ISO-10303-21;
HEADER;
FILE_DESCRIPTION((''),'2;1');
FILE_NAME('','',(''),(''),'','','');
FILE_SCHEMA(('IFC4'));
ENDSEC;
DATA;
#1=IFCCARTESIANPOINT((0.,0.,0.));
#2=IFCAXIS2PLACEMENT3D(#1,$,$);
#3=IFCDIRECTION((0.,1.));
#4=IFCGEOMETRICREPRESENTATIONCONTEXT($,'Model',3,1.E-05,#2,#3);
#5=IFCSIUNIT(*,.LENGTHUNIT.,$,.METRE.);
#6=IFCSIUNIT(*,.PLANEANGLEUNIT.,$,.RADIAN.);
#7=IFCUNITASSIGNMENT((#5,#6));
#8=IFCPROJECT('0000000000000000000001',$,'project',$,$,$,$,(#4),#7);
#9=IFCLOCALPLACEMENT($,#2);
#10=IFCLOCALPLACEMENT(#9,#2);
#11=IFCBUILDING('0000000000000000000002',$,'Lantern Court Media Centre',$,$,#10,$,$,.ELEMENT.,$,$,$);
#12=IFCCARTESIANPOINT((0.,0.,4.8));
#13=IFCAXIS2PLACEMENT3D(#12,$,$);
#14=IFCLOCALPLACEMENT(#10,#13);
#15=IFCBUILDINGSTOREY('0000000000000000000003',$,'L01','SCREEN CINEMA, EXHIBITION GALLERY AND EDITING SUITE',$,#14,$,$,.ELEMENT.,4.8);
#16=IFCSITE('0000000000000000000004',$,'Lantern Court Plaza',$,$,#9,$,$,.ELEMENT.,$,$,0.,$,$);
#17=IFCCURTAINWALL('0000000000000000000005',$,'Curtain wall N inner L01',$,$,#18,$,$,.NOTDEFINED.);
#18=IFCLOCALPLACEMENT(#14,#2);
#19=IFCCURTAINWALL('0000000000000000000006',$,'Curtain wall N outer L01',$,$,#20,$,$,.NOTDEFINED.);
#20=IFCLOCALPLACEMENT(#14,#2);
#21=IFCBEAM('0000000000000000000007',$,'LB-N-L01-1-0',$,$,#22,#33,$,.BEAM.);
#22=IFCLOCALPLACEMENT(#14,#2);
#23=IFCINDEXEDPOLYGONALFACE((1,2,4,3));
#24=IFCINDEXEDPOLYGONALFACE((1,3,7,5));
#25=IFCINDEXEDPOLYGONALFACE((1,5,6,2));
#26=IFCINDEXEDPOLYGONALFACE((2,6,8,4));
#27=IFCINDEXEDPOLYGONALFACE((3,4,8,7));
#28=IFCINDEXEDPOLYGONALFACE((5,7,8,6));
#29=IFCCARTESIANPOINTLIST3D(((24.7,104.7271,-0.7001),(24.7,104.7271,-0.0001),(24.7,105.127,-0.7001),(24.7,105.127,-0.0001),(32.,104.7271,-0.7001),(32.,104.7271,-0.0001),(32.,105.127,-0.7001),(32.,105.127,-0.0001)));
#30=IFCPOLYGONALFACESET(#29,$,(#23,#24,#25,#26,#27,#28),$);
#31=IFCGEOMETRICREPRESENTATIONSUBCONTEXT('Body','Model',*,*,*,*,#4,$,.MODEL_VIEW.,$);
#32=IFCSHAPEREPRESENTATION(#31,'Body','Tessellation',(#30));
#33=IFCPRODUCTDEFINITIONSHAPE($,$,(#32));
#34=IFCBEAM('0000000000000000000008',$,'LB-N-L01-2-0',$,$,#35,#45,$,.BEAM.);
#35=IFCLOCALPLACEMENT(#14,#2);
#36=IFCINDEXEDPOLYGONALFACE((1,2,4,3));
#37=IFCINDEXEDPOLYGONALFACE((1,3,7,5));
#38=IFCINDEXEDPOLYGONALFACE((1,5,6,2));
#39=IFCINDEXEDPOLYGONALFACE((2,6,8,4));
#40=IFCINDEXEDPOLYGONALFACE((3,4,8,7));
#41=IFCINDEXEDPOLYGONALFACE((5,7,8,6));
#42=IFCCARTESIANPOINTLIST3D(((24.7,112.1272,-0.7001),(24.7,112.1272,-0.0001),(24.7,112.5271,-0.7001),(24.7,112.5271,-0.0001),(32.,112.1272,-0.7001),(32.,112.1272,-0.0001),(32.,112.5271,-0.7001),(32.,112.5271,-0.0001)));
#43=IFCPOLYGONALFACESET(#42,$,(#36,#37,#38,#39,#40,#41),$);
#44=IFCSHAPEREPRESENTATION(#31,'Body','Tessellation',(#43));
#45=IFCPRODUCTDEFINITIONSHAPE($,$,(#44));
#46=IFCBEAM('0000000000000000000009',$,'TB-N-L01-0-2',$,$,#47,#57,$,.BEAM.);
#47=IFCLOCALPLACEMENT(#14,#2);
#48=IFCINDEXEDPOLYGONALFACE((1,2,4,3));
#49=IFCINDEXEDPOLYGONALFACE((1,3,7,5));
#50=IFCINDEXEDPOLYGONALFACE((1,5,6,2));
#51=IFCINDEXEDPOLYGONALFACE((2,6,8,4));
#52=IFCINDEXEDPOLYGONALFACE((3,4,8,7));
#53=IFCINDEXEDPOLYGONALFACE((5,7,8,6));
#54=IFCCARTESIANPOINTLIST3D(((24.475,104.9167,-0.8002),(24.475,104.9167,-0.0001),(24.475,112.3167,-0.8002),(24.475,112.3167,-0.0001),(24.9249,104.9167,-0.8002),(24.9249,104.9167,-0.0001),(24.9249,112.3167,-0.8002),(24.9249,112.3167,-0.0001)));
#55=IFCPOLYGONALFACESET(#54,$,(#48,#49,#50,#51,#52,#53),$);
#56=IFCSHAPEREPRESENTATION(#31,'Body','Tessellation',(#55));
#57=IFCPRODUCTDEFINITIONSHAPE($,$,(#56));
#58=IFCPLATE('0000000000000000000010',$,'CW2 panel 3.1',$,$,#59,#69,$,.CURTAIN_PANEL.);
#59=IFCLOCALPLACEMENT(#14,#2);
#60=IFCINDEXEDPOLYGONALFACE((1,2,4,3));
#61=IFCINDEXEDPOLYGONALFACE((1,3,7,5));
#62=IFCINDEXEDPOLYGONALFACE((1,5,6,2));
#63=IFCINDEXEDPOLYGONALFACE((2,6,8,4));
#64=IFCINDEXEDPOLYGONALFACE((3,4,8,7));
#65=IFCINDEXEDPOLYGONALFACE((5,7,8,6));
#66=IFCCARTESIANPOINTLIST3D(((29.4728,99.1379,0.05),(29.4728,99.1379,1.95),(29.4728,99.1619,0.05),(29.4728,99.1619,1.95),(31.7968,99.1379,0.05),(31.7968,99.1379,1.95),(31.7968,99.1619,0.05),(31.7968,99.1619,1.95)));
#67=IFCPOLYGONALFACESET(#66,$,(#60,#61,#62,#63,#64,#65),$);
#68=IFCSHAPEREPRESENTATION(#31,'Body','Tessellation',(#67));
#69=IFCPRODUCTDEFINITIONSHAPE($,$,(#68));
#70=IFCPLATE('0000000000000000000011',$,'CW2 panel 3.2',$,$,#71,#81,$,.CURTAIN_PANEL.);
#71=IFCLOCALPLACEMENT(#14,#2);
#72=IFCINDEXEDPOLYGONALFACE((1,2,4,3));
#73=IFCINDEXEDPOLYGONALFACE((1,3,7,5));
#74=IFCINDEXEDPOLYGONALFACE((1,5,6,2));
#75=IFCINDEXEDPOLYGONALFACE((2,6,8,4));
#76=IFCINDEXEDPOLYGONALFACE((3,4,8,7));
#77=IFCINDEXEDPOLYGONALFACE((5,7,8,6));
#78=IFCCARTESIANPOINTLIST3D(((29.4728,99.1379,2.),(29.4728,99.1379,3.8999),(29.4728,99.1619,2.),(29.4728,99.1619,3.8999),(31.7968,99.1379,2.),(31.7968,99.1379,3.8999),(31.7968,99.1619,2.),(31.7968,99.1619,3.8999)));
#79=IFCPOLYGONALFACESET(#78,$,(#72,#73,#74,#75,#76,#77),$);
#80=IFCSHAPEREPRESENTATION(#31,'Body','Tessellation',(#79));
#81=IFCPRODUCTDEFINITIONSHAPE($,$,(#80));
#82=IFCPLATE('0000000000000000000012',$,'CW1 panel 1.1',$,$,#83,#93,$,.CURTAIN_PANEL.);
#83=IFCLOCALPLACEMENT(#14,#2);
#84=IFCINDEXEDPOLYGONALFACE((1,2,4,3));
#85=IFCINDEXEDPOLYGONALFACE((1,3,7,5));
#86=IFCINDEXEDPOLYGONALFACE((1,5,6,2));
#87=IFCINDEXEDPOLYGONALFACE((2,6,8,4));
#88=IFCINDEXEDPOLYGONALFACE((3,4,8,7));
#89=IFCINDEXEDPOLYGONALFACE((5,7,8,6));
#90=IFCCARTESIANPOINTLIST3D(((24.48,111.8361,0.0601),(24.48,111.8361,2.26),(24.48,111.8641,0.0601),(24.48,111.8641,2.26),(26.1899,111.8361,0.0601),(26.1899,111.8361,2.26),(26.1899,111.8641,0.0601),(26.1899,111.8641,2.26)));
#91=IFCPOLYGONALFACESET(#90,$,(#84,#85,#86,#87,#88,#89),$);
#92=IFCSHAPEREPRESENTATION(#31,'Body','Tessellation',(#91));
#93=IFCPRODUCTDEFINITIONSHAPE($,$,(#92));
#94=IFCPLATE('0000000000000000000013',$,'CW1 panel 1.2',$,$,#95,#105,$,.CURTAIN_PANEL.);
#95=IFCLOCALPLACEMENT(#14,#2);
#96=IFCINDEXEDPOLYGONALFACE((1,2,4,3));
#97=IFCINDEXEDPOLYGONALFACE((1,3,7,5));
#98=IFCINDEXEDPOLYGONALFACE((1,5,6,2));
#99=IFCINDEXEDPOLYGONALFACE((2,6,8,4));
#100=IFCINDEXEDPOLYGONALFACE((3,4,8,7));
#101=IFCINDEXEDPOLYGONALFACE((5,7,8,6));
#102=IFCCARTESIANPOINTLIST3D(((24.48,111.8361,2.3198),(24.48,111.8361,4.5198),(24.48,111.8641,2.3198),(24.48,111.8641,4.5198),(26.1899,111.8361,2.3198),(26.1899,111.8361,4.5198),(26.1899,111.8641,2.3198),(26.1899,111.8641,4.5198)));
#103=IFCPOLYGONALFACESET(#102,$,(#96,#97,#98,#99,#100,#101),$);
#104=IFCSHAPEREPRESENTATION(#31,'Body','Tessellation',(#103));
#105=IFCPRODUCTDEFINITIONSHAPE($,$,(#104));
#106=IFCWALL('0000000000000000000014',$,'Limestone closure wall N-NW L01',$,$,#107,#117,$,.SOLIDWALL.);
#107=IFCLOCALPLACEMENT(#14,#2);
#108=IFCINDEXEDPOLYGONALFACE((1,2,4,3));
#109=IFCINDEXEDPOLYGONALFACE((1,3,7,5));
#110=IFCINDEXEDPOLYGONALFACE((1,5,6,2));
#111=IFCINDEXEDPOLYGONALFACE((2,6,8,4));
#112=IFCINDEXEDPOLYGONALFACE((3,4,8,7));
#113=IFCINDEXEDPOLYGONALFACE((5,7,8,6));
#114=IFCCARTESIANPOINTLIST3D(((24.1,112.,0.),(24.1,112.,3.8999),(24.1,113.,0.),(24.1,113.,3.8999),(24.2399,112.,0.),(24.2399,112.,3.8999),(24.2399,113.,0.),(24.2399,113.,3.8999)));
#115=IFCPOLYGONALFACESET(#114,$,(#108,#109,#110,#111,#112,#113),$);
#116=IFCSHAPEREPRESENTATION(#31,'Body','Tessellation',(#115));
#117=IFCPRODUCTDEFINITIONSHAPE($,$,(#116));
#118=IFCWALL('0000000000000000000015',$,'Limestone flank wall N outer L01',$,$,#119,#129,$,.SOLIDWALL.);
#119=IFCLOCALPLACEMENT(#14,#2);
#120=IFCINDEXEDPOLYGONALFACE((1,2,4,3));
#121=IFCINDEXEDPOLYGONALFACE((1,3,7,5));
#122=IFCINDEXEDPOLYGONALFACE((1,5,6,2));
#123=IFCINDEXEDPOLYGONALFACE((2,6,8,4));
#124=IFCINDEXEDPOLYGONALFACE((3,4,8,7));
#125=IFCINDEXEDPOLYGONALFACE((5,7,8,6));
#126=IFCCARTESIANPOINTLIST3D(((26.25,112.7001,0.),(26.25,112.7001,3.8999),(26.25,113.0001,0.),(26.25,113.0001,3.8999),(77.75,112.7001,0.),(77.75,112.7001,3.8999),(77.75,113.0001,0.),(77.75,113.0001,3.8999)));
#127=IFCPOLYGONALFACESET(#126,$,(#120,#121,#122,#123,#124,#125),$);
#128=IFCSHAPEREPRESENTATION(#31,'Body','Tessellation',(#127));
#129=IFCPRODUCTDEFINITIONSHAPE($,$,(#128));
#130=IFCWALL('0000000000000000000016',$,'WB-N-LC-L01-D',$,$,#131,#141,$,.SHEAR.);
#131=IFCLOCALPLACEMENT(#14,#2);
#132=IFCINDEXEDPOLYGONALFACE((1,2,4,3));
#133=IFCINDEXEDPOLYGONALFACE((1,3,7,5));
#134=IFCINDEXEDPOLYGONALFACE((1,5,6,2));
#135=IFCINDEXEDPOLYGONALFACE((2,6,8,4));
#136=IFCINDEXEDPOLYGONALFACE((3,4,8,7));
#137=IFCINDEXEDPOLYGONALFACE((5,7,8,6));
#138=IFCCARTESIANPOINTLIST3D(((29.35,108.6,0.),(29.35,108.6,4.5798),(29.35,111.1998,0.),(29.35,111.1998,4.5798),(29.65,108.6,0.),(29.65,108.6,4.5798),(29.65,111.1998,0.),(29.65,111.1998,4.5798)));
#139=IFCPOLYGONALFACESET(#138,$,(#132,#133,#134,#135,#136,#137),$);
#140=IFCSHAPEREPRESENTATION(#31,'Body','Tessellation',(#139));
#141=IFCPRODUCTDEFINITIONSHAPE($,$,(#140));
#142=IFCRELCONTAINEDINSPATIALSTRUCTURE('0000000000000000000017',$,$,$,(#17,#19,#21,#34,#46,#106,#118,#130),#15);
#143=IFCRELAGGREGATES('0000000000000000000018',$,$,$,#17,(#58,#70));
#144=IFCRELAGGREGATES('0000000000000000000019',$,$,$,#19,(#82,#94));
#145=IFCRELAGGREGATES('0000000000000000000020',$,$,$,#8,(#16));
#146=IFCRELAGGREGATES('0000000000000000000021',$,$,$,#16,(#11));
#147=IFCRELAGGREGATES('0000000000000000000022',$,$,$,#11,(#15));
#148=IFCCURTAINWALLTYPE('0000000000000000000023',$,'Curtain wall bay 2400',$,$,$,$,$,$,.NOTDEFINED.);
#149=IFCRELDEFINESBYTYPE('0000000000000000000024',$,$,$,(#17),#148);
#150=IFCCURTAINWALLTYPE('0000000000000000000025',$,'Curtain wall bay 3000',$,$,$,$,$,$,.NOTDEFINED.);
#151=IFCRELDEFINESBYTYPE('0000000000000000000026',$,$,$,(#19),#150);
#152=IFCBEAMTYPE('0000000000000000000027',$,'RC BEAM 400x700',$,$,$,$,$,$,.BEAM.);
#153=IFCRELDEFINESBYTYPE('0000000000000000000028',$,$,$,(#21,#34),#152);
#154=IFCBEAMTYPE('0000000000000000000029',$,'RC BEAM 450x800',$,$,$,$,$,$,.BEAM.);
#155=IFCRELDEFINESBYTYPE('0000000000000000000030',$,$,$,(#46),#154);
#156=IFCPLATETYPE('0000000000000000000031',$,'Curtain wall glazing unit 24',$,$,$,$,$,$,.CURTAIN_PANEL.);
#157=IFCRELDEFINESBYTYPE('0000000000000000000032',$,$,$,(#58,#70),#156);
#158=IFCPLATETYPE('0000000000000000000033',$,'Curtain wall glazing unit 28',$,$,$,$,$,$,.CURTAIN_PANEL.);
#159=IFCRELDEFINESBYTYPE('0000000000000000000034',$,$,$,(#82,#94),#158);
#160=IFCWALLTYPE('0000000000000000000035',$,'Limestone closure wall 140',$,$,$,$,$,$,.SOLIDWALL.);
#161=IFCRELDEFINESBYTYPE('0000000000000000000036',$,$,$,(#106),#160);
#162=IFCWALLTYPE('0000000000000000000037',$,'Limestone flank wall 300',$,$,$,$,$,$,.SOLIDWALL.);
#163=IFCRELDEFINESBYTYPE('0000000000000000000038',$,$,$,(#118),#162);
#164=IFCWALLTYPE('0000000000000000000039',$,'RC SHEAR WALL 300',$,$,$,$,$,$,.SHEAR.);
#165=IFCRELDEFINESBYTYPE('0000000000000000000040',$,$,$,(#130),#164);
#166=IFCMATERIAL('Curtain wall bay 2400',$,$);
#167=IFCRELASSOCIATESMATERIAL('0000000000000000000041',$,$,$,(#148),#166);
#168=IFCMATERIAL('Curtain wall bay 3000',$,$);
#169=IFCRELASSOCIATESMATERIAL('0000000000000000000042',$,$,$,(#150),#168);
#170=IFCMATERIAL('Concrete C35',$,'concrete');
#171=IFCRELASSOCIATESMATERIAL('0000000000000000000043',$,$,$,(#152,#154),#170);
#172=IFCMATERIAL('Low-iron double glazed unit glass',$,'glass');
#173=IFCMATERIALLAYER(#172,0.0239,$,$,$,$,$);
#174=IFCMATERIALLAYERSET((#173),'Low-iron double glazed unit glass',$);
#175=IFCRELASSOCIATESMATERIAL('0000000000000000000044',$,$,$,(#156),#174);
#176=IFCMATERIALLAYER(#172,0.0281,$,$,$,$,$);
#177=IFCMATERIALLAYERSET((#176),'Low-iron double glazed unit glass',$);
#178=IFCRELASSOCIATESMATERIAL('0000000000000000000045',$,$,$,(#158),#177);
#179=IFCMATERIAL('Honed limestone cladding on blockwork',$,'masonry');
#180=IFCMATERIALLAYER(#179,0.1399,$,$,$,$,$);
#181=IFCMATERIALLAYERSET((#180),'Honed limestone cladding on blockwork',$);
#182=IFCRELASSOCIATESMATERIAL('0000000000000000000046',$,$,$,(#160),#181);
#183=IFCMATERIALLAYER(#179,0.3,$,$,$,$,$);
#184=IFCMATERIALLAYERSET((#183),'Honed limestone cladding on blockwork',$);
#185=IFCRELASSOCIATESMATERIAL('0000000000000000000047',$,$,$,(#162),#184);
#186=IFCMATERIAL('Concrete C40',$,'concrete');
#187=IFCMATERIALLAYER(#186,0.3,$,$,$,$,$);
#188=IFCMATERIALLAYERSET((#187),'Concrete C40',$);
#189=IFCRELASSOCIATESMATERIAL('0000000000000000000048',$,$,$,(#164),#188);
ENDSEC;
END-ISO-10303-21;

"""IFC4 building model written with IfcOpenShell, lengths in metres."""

from ifc_helpers import new_model, si_unit, direction, frame, frame_2d, origin, origin_2d, place, context, subcontext, project, spatial, rectangle, extrude, material, layer, layer_set, material_profile, profile_set, type_object, element, aggregate, save


model = new_model("IFC4")

# Units and contexts
model_context = context("Model", 3, precision=1e-05, world=origin(), true_north=direction((0.0, 1.0)))
body_context = subcontext(model_context, "Body", "Model", "MODEL_VIEW")
ifc_project = project(units=[si_unit("LENGTHUNIT", "METRE"), si_unit("PLANEANGLEUNIT", "RADIAN")], contexts=[model_context])

# Site, building, storey
site_placement = place(None, origin())
site = spatial("IfcSite", under=ifc_project, at=site_placement, Name="Lantern Court Plaza", CompositionType="ELEMENT", RefElevation=0.0)
building_placement = place(site_placement, origin())
building = spatial("IfcBuilding", under=site, at=building_placement, Name="Lantern Court Media Centre", CompositionType="ELEMENT")
storey_placement = place(building_placement, frame((0.0, 0.0, 4.8)))
storey = spatial("IfcBuildingStorey", under=building, at=storey_placement, Name="L01", Description="SCREEN CINEMA, EXHIBITION GALLERY AND EDITING SUITE", CompositionType="ELEMENT", Elevation=4.8)

# Shared definitions
ifc_material_1 = material(Name="Concrete C35", Category="concrete")

# Curtain wall
ifc_material_2 = material(Name="Curtain wall bay 2400")
curtain_wall_type_1 = type_object("IfcCurtainWallType", Name="Curtain wall bay 2400", PredefinedType="NOTDEFINED", material=ifc_material_2)
curtain_wall_1_placement = place(storey_placement, origin())
curtain_wall_1 = element("IfcCurtainWall", 1, at=curtain_wall_1_placement, inside=storey, type_object=curtain_wall_type_1, Name="Curtain wall N inner L01", PredefinedType="NOTDEFINED")

# Curtain wall
ifc_material_3 = material(Name="Curtain wall bay 3000")
curtain_wall_type_2 = type_object("IfcCurtainWallType", Name="Curtain wall bay 3000", PredefinedType="NOTDEFINED", material=ifc_material_3)
curtain_wall_2_placement = place(storey_placement, origin())
curtain_wall_2 = element("IfcCurtainWall", 2, at=curtain_wall_2_placement, inside=storey, type_object=curtain_wall_type_2, Name="Curtain wall N outer L01", PredefinedType="NOTDEFINED")

# Beams
ifc_material_profile_1 = material_profile(ifc_material_1, rectangle(XDim=0.3999, YDim=0.7, at=origin_2d()), Name="RC 400x700")
ifc_profile_set_1 = profile_set([ifc_material_profile_1], Name="Concrete C35")
beam_type_1 = type_object("IfcBeamType", Name="RC BEAM 400x700", PredefinedType="BEAM", material=ifc_profile_set_1)
for number, where, z_axis, x_axis, name in (
    (3, (24.7, 104.927, -0.3501), (1.0, 0.0, 0.0), (0.0, 1.0, 0.0), "LB-N-L01-1-0"),
    (4, (24.7, 112.3271, -0.3501), (1.0, 0.0, 0.0), (0.0, 1.0, 0.0), "LB-N-L01-2-0"),
):
    element("IfcBeam", number, at=place(storey_placement, frame(where, z_axis=z_axis, x_axis=x_axis)), inside=storey, type_object=beam_type_1, Name=name, PredefinedType="BEAM", context=body_context, shape_type="SweptSolid", body=[
        extrude(rectangle(XDim=0.3999, YDim=0.7, at=origin_2d()), origin(), (0.0, 0.0, 1.0), 7.3),
    ])
ifc_material_profile_2 = material_profile(ifc_material_1, rectangle(XDim=0.45, YDim=0.8, at=origin_2d()), Name="RC 450x800")
ifc_profile_set_2 = profile_set([ifc_material_profile_2], Name="Concrete C35")
beam_type_2 = type_object("IfcBeamType", Name="RC BEAM 450x800", PredefinedType="BEAM", material=ifc_profile_set_2)
beam_1_placement = place(storey_placement, frame((24.7, 104.9167, -0.4001), z_axis=(0.0, 1.0, 0.0), x_axis=(-1.0, 0.0, 0.0)))
element("IfcBeam", 5, at=beam_1_placement, inside=storey, type_object=beam_type_2, Name="TB-N-L01-0-2", PredefinedType="BEAM", context=body_context, shape_type="SweptSolid", body=[
    extrude(rectangle(XDim=0.45, YDim=0.8, at=origin_2d()), origin(), (0.0, 0.0, 1.0), 7.3999),
])

# Plates
ifc_material_4 = material(Name="Low-iron double glazed unit glass", Category="glass")
ifc_layer_1 = layer(ifc_material_4, 0.0239)
ifc_layer_set_1 = layer_set([ifc_layer_1], Name="Low-iron double glazed unit glass")
plate_type_1 = type_object("IfcPlateType", Name="Curtain wall glazing unit 24", PredefinedType="CURTAIN_PANEL", material=ifc_layer_set_1)
plate_1_placement = place(storey_placement, frame((30.6348, 99.1499, 0.05), z_axis=(0.0, 0.0, 1.0), x_axis=(1.0, 0.0, 0.0)))
plate_1 = element("IfcPlate", 6, at=plate_1_placement, type_object=plate_type_1, Name="CW2 panel 3.1", PredefinedType="CURTAIN_PANEL", context=body_context, shape_type="SweptSolid", body=[
    extrude(rectangle(XDim=2.324, YDim=0.0239, at=origin_2d()), origin(), (0.0, 0.0, 1.0), 1.8999),
])
plate_2_placement = place(storey_placement, frame((30.6348, 99.1499, 2.0), z_axis=(0.0, 0.0, 1.0), x_axis=(1.0, 0.0, 0.0)))
plate_2 = element("IfcPlate", 7, at=plate_2_placement, type_object=plate_type_1, Name="CW2 panel 3.2", PredefinedType="CURTAIN_PANEL", context=body_context, shape_type="SweptSolid", body=[
    extrude(rectangle(XDim=2.324, YDim=0.0239, at=origin_2d()), origin(), (0.0, 0.0, 1.0), 1.8999),
])
aggregate(curtain_wall_1, [plate_1, plate_2])
ifc_layer_2 = layer(ifc_material_4, 0.0281)
ifc_layer_set_2 = layer_set([ifc_layer_2], Name="Low-iron double glazed unit glass")
plate_type_2 = type_object("IfcPlateType", Name="Curtain wall glazing unit 28", PredefinedType="CURTAIN_PANEL", material=ifc_layer_set_2)
plate_3_placement = place(storey_placement, frame((25.335, 111.8501, 0.0601), z_axis=(0.0, 0.0, 1.0), x_axis=(1.0, 0.0, 0.0)))
plate_3 = element("IfcPlate", 8, at=plate_3_placement, type_object=plate_type_2, Name="CW1 panel 1.1", PredefinedType="CURTAIN_PANEL", context=body_context, shape_type="SweptSolid", body=[
    extrude(rectangle(XDim=1.71, YDim=0.0281, at=origin_2d()), origin(), (0.0, 0.0, 1.0), 2.2),
])
plate_4_placement = place(storey_placement, frame((25.335, 111.8501, 2.3198), z_axis=(0.0, 0.0, 1.0), x_axis=(1.0, 0.0, 0.0)))
plate_4 = element("IfcPlate", 9, at=plate_4_placement, type_object=plate_type_2, Name="CW1 panel 1.2", PredefinedType="CURTAIN_PANEL", context=body_context, shape_type="SweptSolid", body=[
    extrude(rectangle(XDim=1.71, YDim=0.0281, at=origin_2d()), origin(), (0.0, 0.0, 1.0), 2.2),
])
aggregate(curtain_wall_2, [plate_3, plate_4])

# Walls
ifc_material_5 = material(Name="Honed limestone cladding on blockwork", Category="masonry")
ifc_layer_3 = layer(ifc_material_5, 0.1399)
ifc_layer_set_3 = layer_set([ifc_layer_3], Name="Honed limestone cladding on blockwork")
wall_type_1 = type_object("IfcWallType", Name="Limestone closure wall 140", PredefinedType="SOLIDWALL", material=ifc_layer_set_3)
wall_1_placement = place(storey_placement, frame((24.1699, 112.0, 0.0), z_axis=(0.0, 0.0, 1.0), x_axis=(0.0, 1.0, 0.0)))
element("IfcWall", 10, at=wall_1_placement, inside=storey, type_object=wall_type_1, Name="Limestone closure wall N-NW L01", PredefinedType="SOLIDWALL", context=body_context, shape_type="SweptSolid", body=[
    extrude(rectangle(XDim=1.0, YDim=0.1399, at=frame_2d((0.5, 0.0))), origin(), (0.0, 0.0, 1.0), 3.8999),
])
ifc_layer_4 = layer(ifc_material_5, 0.3)
ifc_layer_set_4 = layer_set([ifc_layer_4], Name="Honed limestone cladding on blockwork")
wall_type_2 = type_object("IfcWallType", Name="Limestone flank wall 300", PredefinedType="SOLIDWALL", material=ifc_layer_set_4)
wall_2_placement = place(storey_placement, frame((26.25, 112.8501, 0.0), z_axis=(0.0, 0.0, 1.0), x_axis=(1.0, 0.0, 0.0)))
element("IfcWall", 11, at=wall_2_placement, inside=storey, type_object=wall_type_2, Name="Limestone flank wall N outer L01", PredefinedType="SOLIDWALL", context=body_context, shape_type="SweptSolid", body=[
    extrude(rectangle(XDim=51.5, YDim=0.3, at=frame_2d((25.75, 0.0))), origin(), (0.0, 0.0, 1.0), 3.8999),
])
ifc_material_6 = material(Name="Concrete C40", Category="concrete")
ifc_layer_5 = layer(ifc_material_6, 0.3)
ifc_layer_set_5 = layer_set([ifc_layer_5], Name="Concrete C40")
wall_type_3 = type_object("IfcWallType", Name="RC SHEAR WALL 300", PredefinedType="SHEAR", material=ifc_layer_set_5)
wall_3_placement = place(storey_placement, frame((29.5, 108.6001, 0.0), z_axis=(0.0, 0.0, 1.0), x_axis=(0.0, 1.0, 0.0)))
element("IfcWall", 12, at=wall_3_placement, inside=storey, type_object=wall_type_3, Name="WB-N-LC-L01-D", PredefinedType="SHEAR", context=body_context, shape_type="SweptSolid", body=[
    extrude(rectangle(XDim=2.5999, YDim=0.3, at=frame_2d((1.2998, 0.0))), origin(), (0.0, 0.0, 1.0), 4.5798),
])

save(model, "model.ifc")
